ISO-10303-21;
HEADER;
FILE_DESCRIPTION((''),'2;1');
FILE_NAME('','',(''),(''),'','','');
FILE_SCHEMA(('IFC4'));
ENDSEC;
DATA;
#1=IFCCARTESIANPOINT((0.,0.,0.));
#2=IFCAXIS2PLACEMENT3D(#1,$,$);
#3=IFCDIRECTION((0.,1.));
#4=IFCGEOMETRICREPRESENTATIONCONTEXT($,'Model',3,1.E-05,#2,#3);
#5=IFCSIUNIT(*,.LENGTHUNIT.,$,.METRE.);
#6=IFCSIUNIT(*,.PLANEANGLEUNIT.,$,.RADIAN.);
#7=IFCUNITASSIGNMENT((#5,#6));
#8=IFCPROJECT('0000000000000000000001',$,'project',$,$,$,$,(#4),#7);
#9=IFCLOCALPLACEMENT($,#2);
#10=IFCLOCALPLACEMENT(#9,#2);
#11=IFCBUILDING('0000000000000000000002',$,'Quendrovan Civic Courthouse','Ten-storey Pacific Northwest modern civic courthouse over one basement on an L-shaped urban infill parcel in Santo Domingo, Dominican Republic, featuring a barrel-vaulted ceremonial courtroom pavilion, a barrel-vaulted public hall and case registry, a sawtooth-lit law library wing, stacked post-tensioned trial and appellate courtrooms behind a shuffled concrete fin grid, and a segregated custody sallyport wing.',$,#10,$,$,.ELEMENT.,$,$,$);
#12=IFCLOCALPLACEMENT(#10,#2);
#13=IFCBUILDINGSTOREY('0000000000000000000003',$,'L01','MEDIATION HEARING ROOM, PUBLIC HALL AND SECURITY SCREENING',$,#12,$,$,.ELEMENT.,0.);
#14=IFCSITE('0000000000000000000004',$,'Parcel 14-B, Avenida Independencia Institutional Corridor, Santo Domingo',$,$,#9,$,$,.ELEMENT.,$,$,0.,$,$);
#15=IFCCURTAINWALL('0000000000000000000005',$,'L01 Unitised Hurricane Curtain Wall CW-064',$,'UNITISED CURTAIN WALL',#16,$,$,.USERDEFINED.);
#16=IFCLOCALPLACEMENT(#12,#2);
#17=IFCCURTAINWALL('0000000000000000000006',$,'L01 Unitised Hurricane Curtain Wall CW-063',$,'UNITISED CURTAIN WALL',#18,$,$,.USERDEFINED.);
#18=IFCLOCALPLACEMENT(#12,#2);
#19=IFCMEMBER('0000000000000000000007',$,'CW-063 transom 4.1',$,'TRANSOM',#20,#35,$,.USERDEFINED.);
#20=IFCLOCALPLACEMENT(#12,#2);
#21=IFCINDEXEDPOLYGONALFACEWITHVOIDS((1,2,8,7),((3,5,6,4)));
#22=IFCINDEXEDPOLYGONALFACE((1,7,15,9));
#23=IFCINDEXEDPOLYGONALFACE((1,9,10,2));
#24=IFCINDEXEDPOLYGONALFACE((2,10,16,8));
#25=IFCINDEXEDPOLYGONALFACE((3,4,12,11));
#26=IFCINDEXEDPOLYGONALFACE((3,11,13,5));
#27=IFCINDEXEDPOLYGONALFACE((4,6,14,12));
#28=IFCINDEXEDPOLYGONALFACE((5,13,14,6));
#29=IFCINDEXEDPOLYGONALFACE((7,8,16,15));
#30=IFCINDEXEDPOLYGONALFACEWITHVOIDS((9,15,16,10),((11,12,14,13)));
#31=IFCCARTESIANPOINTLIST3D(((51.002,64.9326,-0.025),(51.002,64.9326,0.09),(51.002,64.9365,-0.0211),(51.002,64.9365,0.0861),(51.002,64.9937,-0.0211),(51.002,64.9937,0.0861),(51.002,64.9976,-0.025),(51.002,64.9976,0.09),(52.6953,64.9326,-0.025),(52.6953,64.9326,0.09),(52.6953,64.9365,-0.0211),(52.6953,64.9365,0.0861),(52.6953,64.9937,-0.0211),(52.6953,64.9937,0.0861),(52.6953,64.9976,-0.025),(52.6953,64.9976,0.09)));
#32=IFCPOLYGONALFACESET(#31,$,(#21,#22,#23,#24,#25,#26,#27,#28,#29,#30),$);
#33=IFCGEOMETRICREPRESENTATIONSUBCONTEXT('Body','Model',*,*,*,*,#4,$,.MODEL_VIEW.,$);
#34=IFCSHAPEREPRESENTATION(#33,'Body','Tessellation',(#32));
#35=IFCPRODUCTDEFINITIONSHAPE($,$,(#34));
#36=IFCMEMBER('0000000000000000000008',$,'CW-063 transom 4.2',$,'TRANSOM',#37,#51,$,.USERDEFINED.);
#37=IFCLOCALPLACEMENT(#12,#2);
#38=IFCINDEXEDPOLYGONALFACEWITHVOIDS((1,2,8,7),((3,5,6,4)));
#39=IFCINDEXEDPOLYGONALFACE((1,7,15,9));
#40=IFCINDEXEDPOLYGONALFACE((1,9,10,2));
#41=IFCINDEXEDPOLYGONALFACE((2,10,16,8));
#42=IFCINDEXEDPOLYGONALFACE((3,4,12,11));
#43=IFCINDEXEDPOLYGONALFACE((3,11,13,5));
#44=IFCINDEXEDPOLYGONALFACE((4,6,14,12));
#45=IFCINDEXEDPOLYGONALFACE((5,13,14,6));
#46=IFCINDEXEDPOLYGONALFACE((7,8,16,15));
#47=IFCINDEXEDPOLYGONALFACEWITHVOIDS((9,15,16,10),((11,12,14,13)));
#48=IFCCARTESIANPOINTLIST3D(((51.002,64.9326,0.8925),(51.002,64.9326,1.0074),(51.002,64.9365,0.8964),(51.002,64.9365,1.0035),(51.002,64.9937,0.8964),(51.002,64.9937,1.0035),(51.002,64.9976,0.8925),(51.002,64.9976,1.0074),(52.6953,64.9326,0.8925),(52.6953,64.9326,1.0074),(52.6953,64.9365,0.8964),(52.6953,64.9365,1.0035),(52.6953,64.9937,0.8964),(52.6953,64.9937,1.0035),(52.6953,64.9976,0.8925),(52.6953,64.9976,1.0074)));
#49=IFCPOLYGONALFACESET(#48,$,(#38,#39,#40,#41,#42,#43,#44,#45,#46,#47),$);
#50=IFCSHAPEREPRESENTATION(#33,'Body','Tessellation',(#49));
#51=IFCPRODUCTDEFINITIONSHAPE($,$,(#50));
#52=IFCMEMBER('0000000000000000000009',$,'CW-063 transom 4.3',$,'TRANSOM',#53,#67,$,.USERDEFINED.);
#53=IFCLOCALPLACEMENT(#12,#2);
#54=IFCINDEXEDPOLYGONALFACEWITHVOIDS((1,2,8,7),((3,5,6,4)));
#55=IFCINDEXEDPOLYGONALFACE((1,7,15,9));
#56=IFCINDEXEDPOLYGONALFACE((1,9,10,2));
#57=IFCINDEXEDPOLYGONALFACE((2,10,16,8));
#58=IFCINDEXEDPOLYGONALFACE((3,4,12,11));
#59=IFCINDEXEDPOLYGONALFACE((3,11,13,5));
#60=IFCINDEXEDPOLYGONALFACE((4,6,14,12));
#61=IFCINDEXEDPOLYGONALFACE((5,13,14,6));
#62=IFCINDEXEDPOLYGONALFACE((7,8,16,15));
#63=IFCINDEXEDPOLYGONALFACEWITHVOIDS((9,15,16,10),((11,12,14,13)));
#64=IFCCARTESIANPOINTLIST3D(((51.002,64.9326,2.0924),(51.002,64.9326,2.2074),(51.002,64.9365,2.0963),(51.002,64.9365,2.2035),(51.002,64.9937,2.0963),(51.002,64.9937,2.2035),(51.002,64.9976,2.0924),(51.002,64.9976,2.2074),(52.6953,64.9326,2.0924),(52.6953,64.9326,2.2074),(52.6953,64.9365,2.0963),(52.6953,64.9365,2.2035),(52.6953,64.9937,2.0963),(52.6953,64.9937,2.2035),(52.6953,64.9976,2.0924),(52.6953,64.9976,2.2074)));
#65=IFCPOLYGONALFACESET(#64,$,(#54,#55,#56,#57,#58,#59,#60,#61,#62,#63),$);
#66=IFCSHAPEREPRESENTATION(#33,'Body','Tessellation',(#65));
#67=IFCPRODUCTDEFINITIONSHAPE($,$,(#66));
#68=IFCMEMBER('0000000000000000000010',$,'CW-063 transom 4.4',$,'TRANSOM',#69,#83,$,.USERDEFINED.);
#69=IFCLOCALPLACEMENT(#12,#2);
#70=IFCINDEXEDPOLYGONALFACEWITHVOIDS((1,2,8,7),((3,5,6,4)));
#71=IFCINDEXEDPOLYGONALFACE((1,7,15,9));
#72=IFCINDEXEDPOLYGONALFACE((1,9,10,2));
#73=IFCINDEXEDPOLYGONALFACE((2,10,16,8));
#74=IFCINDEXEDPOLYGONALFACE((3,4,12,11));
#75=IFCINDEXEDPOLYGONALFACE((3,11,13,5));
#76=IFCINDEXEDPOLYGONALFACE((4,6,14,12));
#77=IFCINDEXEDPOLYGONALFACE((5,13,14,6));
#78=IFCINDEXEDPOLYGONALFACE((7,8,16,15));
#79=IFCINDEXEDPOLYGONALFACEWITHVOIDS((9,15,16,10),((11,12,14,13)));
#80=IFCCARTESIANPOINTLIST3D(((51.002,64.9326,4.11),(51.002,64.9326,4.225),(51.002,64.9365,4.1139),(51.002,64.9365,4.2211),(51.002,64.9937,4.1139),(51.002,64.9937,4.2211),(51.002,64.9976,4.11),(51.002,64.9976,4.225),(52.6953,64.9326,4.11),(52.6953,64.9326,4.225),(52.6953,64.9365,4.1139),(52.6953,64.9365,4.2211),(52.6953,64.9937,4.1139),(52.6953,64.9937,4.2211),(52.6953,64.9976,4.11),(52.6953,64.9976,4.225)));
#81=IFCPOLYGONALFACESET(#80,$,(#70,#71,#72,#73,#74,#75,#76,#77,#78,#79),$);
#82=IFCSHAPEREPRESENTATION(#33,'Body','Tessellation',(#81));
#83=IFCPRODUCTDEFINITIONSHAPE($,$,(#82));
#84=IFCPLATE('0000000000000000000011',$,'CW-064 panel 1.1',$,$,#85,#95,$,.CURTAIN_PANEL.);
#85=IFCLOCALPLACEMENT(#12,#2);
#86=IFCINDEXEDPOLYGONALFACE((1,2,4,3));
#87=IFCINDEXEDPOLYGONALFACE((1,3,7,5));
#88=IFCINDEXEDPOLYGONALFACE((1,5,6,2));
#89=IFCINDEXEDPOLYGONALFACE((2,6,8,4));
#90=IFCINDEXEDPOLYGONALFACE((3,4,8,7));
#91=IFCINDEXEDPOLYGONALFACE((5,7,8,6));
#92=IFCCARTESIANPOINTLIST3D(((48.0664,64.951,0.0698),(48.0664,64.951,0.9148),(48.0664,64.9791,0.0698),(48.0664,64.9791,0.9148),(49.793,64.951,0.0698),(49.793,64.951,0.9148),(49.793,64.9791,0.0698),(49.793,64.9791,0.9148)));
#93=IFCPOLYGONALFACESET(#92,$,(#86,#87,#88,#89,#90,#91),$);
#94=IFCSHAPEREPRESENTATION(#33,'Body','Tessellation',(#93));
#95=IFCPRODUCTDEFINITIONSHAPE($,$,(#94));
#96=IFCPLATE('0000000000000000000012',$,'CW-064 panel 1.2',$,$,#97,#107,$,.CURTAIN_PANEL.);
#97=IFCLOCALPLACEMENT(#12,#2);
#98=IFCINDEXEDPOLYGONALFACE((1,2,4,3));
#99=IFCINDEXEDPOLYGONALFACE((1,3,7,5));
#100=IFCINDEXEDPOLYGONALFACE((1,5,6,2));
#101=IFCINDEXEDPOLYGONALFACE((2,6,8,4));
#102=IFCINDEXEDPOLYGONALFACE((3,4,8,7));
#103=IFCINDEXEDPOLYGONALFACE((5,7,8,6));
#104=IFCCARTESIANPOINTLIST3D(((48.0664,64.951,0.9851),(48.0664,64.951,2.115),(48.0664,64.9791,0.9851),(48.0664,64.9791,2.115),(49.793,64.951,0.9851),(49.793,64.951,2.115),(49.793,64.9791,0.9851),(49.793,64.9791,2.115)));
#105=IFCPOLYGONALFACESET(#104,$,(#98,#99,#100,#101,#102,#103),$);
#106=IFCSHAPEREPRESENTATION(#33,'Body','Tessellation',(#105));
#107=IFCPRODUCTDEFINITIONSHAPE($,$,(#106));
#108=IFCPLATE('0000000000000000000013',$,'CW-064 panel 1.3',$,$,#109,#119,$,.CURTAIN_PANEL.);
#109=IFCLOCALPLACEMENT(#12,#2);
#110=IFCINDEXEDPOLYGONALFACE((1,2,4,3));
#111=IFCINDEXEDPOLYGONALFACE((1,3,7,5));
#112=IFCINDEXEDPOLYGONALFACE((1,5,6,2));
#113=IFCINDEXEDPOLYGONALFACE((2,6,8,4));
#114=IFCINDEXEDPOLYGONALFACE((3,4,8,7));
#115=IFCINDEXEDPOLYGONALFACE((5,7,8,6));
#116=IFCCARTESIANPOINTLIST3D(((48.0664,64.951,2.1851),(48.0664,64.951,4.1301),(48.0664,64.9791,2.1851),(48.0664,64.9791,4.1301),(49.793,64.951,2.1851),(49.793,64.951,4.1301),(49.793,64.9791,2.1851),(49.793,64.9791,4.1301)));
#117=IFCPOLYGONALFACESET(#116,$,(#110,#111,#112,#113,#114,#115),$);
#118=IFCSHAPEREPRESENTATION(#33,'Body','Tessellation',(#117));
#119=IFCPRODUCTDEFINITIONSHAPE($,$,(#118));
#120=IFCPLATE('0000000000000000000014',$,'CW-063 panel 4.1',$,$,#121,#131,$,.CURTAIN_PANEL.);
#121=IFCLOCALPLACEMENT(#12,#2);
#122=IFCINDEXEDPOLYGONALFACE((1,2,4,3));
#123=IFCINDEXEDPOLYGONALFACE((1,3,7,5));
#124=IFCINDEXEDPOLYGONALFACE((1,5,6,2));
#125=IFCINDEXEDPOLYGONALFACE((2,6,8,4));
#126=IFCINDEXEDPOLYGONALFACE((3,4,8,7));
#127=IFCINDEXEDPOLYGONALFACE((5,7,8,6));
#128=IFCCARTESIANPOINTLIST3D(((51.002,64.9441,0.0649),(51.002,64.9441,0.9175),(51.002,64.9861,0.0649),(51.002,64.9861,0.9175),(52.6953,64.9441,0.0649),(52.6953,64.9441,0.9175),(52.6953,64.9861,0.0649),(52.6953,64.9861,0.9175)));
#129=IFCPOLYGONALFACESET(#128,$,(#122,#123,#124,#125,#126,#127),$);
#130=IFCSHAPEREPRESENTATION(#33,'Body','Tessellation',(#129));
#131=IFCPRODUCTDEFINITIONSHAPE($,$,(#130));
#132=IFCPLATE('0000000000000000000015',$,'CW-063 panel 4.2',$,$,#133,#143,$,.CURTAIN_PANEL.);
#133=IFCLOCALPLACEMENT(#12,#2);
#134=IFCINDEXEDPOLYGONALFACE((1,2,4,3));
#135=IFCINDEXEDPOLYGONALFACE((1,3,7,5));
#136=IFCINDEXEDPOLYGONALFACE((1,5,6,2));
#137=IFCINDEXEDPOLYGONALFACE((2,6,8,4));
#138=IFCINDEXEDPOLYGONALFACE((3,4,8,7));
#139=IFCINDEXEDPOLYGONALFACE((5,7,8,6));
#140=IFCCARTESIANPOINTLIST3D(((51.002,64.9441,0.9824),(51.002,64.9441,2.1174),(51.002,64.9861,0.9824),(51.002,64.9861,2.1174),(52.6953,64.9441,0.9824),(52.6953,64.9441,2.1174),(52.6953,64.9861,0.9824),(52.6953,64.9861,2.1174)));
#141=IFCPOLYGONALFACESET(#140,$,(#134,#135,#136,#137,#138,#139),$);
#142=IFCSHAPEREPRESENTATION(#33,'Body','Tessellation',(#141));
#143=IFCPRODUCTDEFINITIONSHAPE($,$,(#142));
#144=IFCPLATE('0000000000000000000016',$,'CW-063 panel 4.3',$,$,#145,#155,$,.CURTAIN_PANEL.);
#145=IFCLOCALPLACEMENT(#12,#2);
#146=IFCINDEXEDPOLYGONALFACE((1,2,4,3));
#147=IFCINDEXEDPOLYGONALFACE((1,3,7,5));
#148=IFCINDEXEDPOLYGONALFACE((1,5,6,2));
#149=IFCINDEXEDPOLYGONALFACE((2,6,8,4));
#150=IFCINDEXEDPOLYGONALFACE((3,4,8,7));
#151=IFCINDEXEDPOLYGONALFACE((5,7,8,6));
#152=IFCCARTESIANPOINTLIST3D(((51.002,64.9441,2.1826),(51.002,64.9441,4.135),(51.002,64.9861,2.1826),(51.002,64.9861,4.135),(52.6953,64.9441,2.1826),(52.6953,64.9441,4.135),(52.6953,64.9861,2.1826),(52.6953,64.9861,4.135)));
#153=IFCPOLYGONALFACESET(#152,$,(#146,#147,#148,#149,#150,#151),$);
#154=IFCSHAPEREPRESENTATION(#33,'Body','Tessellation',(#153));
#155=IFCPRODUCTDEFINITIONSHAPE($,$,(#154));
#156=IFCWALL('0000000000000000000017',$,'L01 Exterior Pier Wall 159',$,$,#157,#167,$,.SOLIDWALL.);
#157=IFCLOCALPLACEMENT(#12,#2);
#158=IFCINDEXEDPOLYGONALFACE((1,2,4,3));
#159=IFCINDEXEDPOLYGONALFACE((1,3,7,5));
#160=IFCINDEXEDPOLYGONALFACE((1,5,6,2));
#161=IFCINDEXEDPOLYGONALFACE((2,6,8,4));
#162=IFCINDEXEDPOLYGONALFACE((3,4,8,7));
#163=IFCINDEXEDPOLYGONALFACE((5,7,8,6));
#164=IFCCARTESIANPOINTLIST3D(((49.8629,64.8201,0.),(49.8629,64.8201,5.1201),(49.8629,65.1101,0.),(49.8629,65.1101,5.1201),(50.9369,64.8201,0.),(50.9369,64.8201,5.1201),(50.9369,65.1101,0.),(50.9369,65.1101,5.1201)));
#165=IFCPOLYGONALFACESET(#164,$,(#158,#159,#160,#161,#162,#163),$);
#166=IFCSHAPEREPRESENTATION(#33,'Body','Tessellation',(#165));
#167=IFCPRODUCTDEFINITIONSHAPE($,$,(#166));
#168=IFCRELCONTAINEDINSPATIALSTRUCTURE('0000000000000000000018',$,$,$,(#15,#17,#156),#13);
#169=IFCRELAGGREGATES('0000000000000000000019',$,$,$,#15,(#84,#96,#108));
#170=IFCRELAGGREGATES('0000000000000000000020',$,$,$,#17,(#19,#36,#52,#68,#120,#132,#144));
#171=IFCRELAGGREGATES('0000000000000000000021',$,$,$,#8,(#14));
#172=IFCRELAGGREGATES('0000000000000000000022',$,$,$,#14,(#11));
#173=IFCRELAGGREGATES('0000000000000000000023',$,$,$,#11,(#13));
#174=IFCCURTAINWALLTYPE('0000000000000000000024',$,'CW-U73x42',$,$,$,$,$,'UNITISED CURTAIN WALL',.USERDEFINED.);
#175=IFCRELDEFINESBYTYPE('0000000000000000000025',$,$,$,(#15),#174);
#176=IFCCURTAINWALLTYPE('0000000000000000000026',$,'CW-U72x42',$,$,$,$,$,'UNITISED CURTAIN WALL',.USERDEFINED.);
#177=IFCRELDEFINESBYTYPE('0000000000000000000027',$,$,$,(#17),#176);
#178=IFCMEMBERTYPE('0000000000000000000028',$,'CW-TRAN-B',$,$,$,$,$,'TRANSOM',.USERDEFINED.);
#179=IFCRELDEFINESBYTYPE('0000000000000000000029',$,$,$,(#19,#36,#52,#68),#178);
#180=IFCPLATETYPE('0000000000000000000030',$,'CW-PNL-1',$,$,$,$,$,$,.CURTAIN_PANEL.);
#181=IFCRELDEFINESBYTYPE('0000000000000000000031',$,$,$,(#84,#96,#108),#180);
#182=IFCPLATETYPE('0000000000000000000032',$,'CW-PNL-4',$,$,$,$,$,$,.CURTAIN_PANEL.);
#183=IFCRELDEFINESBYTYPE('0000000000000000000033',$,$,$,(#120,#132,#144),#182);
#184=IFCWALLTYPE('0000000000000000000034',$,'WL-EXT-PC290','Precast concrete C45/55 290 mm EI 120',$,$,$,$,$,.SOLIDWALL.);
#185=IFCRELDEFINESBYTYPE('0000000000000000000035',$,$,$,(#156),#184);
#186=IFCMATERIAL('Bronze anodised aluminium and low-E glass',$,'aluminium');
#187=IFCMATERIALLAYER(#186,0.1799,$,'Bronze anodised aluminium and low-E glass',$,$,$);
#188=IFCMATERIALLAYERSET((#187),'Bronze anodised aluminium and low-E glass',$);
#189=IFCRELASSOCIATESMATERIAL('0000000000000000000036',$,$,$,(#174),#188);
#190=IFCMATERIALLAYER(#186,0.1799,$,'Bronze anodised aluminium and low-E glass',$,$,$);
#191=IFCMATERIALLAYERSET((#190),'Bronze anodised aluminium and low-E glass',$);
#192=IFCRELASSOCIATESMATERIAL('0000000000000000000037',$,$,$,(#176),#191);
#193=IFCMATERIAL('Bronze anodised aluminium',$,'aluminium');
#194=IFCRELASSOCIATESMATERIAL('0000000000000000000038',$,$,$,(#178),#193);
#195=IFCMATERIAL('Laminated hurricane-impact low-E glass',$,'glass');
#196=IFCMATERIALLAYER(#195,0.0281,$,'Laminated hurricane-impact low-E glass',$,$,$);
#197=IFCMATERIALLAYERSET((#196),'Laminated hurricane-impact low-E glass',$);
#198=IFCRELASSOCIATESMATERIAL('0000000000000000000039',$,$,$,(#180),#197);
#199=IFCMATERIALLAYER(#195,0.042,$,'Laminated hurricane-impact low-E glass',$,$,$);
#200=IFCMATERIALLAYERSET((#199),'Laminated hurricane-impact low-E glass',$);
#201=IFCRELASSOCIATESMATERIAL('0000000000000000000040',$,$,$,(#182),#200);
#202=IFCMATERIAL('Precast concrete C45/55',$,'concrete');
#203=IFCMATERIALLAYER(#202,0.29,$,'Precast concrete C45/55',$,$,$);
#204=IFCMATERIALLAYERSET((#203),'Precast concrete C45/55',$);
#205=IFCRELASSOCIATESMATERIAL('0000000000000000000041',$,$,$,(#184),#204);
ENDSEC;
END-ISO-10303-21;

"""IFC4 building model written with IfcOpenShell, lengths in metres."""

from ifc_helpers import new_model, si_unit, direction, frame, frame_2d, origin, origin_2d, place, context, subcontext, project, spatial, rectangle, hollow_rectangle, extrude, material, layer, layer_set, material_profile, profile_set, type_object, element, aggregate, save


model = new_model("IFC4")

# Units and contexts
model_context = context("Model", 3, precision=1e-05, world=origin(), true_north=direction((0.0, 1.0)))
body_context = subcontext(model_context, "Body", "Model", "MODEL_VIEW")
ifc_project = project(units=[si_unit("LENGTHUNIT", "METRE"), si_unit("PLANEANGLEUNIT", "RADIAN")], contexts=[model_context])

# Site, building, storey
site_placement = place(None, origin())
site = spatial("IfcSite", under=ifc_project, at=site_placement, Name="Parcel 14-B, Avenida Independencia Institutional Corridor, Santo Domingo", CompositionType="ELEMENT", RefElevation=0.0)
building_placement = place(site_placement, origin())
building = spatial("IfcBuilding", under=site, at=building_placement, Name="Quendrovan Civic Courthouse", Description="Ten-storey Pacific Northwest modern civic courthouse over one basement on an L-shaped urban infill parcel in Santo Domingo, Dominican Republic, featuring a barrel-vaulted ceremonial courtroom pavilion, a barrel-vaulted public hall and case registry, a sawtooth-lit law library wing, stacked post-tensioned trial and appellate courtrooms behind a shuffled concrete fin grid, and a segregated custody sallyport wing.", CompositionType="ELEMENT")
storey_placement = place(building_placement, origin())
storey = spatial("IfcBuildingStorey", under=building, at=storey_placement, Name="L01", Description="MEDIATION HEARING ROOM, PUBLIC HALL AND SECURITY SCREENING", CompositionType="ELEMENT", Elevation=0.0)

# Curtain walls
ifc_material_1 = material(Name="Bronze anodised aluminium and low-E glass", Category="aluminium")
ifc_layer_1 = layer(ifc_material_1, 0.1799, Name="Bronze anodised aluminium and low-E glass")
ifc_layer_set_1 = layer_set([ifc_layer_1], Name="Bronze anodised aluminium and low-E glass")
curtain_wall_type_1 = type_object("IfcCurtainWallType", Name="CW-U73x42", ElementType="UNITISED CURTAIN WALL", PredefinedType="USERDEFINED", material=ifc_layer_set_1)
curtain_wall_1_placement = place(storey_placement, origin())
curtain_wall_1 = element("IfcCurtainWall", 1, at=curtain_wall_1_placement, inside=storey, type_object=curtain_wall_type_1, Name="L01 Unitised Hurricane Curtain Wall CW-064", ObjectType="UNITISED CURTAIN WALL", PredefinedType="USERDEFINED")
ifc_material_2 = material(Name="Bronze anodised aluminium", Category="aluminium")
ifc_layer_2 = layer(ifc_material_1, 0.1799, Name="Bronze anodised aluminium and low-E glass")
ifc_layer_set_2 = layer_set([ifc_layer_2], Name="Bronze anodised aluminium and low-E glass")
curtain_wall_type_2 = type_object("IfcCurtainWallType", Name="CW-U72x42", ElementType="UNITISED CURTAIN WALL", PredefinedType="USERDEFINED", material=ifc_layer_set_2)
curtain_wall_2_placement = place(storey_placement, origin())
curtain_wall_2 = element("IfcCurtainWall", 2, at=curtain_wall_2_placement, inside=storey, type_object=curtain_wall_type_2, Name="L01 Unitised Hurricane Curtain Wall CW-063", ObjectType="UNITISED CURTAIN WALL", PredefinedType="USERDEFINED")

# Members
ifc_material_profile_1 = material_profile(ifc_material_2, hollow_rectangle(XDim=0.0649, YDim=0.115, WallThickness=0.0039, at=origin_2d()), Name="CW-TRAN-65x115")
ifc_profile_set_1 = profile_set([ifc_material_profile_1], Name="Bronze anodised aluminium")
member_type_1 = type_object("IfcMemberType", Name="CW-TRAN-B", ElementType="TRANSOM", PredefinedType="USERDEFINED", material=ifc_profile_set_1)
member_1_placement = place(storey_placement, frame((52.6953, 64.9651, 0.0325), z_axis=(-1.0, 0.0, 0.0), x_axis=(0.0, -1.0, 0.0)))
member_1 = element("IfcMember", 3, at=member_1_placement, type_object=member_type_1, Name="CW-063 transom 4.1", ObjectType="TRANSOM", PredefinedType="USERDEFINED", context=body_context, shape_type="SweptSolid", body=[
    extrude(hollow_rectangle(XDim=0.0649, YDim=0.115, WallThickness=0.0039, at=origin_2d()), origin(), (0.0, 0.0, 1.0), 1.6934),
])
member_2_placement = place(storey_placement, frame((52.6953, 64.9651, 0.95), z_axis=(-1.0, 0.0, 0.0), x_axis=(0.0, -1.0, 0.0)))
member_2 = element("IfcMember", 4, at=member_2_placement, type_object=member_type_1, Name="CW-063 transom 4.2", ObjectType="TRANSOM", PredefinedType="USERDEFINED", context=body_context, shape_type="SweptSolid", body=[
    extrude(hollow_rectangle(XDim=0.0649, YDim=0.115, WallThickness=0.0039, at=origin_2d()), origin(), (0.0, 0.0, 1.0), 1.6934),
])
member_3_placement = place(storey_placement, frame((52.6953, 64.9651, 2.1499), z_axis=(-1.0, 0.0, 0.0), x_axis=(0.0, -1.0, 0.0)))
member_3 = element("IfcMember", 5, at=member_3_placement, type_object=member_type_1, Name="CW-063 transom 4.3", ObjectType="TRANSOM", PredefinedType="USERDEFINED", context=body_context, shape_type="SweptSolid", body=[
    extrude(hollow_rectangle(XDim=0.0649, YDim=0.115, WallThickness=0.0039, at=origin_2d()), origin(), (0.0, 0.0, 1.0), 1.6934),
])
member_4_placement = place(storey_placement, frame((52.6953, 64.9651, 4.1675), z_axis=(-1.0, 0.0, 0.0), x_axis=(0.0, -1.0, 0.0)))
member_4 = element("IfcMember", 6, at=member_4_placement, type_object=member_type_1, Name="CW-063 transom 4.4", ObjectType="TRANSOM", PredefinedType="USERDEFINED", context=body_context, shape_type="SweptSolid", body=[
    extrude(hollow_rectangle(XDim=0.0649, YDim=0.115, WallThickness=0.0039, at=origin_2d()), origin(), (0.0, 0.0, 1.0), 1.6934),
])

# Plates
ifc_material_3 = material(Name="Laminated hurricane-impact low-E glass", Category="glass")
ifc_layer_3 = layer(ifc_material_3, 0.0281, Name="Laminated hurricane-impact low-E glass")
ifc_layer_set_3 = layer_set([ifc_layer_3], Name="Laminated hurricane-impact low-E glass")
plate_type_1 = type_object("IfcPlateType", Name="CW-PNL-1", PredefinedType="CURTAIN_PANEL", material=ifc_layer_set_3)
plate_1_placement = place(storey_placement, frame((48.9297, 64.9651, 0.0698), z_axis=(0.0, 0.0, 1.0), x_axis=(-1.0, 0.0, 0.0)))
plate_1 = element("IfcPlate", 7, at=plate_1_placement, type_object=plate_type_1, Name="CW-064 panel 1.1", PredefinedType="CURTAIN_PANEL", context=body_context, shape_type="SweptSolid", body=[
    extrude(rectangle(XDim=1.7266, YDim=0.0281, at=origin_2d()), origin(), (0.0, 0.0, 1.0), 0.845),
])
plate_2_placement = place(storey_placement, frame((48.9297, 64.9651, 0.9851), z_axis=(0.0, 0.0, 1.0), x_axis=(-1.0, 0.0, 0.0)))
plate_2 = element("IfcPlate", 8, at=plate_2_placement, type_object=plate_type_1, Name="CW-064 panel 1.2", PredefinedType="CURTAIN_PANEL", context=body_context, shape_type="SweptSolid", body=[
    extrude(rectangle(XDim=1.7266, YDim=0.0281, at=origin_2d()), origin(), (0.0, 0.0, 1.0), 1.1299),
])
plate_3_placement = place(storey_placement, frame((48.9297, 64.9651, 2.1851), z_axis=(0.0, 0.0, 1.0), x_axis=(-1.0, 0.0, 0.0)))
plate_3 = element("IfcPlate", 9, at=plate_3_placement, type_object=plate_type_1, Name="CW-064 panel 1.3", PredefinedType="CURTAIN_PANEL", context=body_context, shape_type="SweptSolid", body=[
    extrude(rectangle(XDim=1.7266, YDim=0.0281, at=origin_2d()), origin(), (0.0, 0.0, 1.0), 1.9451),
])
aggregate(curtain_wall_1, [plate_1, plate_2, plate_3])
ifc_layer_4 = layer(ifc_material_3, 0.042, Name="Laminated hurricane-impact low-E glass")
ifc_layer_set_4 = layer_set([ifc_layer_4], Name="Laminated hurricane-impact low-E glass")
plate_type_2 = type_object("IfcPlateType", Name="CW-PNL-4", PredefinedType="CURTAIN_PANEL", material=ifc_layer_set_4)
plate_4_placement = place(storey_placement, frame((51.8486, 64.9651, 0.0649), z_axis=(0.0, 0.0, 1.0), x_axis=(-1.0, 0.0, 0.0)))
plate_4 = element("IfcPlate", 10, at=plate_4_placement, type_object=plate_type_2, Name="CW-063 panel 4.1", PredefinedType="CURTAIN_PANEL", context=body_context, shape_type="SweptSolid", body=[
    extrude(rectangle(XDim=1.6934, YDim=0.042, at=origin_2d()), origin(), (0.0, 0.0, 1.0), 0.8525),
])
plate_5_placement = place(storey_placement, frame((51.8486, 64.9651, 0.9824), z_axis=(0.0, 0.0, 1.0), x_axis=(-1.0, 0.0, 0.0)))
plate_5 = element("IfcPlate", 11, at=plate_5_placement, type_object=plate_type_2, Name="CW-063 panel 4.2", PredefinedType="CURTAIN_PANEL", context=body_context, shape_type="SweptSolid", body=[
    extrude(rectangle(XDim=1.6934, YDim=0.042, at=origin_2d()), origin(), (0.0, 0.0, 1.0), 1.135),
])
plate_6_placement = place(storey_placement, frame((51.8486, 64.9651, 2.1826), z_axis=(0.0, 0.0, 1.0), x_axis=(-1.0, 0.0, 0.0)))
plate_6 = element("IfcPlate", 12, at=plate_6_placement, type_object=plate_type_2, Name="CW-063 panel 4.3", PredefinedType="CURTAIN_PANEL", context=body_context, shape_type="SweptSolid", body=[
    extrude(rectangle(XDim=1.6934, YDim=0.042, at=origin_2d()), origin(), (0.0, 0.0, 1.0), 1.9524),
])
aggregate(curtain_wall_2, [member_1, member_2, member_3, member_4, plate_4, plate_5, plate_6])

# Wall
ifc_material_4 = material(Name="Precast concrete C45/55", Category="concrete")
ifc_layer_5 = layer(ifc_material_4, 0.29, Name="Precast concrete C45/55")
ifc_layer_set_5 = layer_set([ifc_layer_5], Name="Precast concrete C45/55")
wall_type = type_object("IfcWallType", Name="WL-EXT-PC290", Description="Precast concrete C45/55 290 mm EI 120", PredefinedType="SOLIDWALL", material=ifc_layer_set_5)
wall_placement = place(storey_placement, frame((50.937, 64.9651, 0.0), z_axis=(0.0, 0.0, 1.0), x_axis=(-1.0, 0.0, 0.0)))
element("IfcWall", 13, at=wall_placement, inside=storey, type_object=wall_type, Name="L01 Exterior Pier Wall 159", PredefinedType="SOLIDWALL", context=body_context, shape_type="SweptSolid", body=[
    extrude(rectangle(XDim=1.074, YDim=0.29, at=frame_2d((0.5371, 0.0))), origin(), (0.0, 0.0, 1.0), 5.1201),
])

save(model, "model.ifc")
